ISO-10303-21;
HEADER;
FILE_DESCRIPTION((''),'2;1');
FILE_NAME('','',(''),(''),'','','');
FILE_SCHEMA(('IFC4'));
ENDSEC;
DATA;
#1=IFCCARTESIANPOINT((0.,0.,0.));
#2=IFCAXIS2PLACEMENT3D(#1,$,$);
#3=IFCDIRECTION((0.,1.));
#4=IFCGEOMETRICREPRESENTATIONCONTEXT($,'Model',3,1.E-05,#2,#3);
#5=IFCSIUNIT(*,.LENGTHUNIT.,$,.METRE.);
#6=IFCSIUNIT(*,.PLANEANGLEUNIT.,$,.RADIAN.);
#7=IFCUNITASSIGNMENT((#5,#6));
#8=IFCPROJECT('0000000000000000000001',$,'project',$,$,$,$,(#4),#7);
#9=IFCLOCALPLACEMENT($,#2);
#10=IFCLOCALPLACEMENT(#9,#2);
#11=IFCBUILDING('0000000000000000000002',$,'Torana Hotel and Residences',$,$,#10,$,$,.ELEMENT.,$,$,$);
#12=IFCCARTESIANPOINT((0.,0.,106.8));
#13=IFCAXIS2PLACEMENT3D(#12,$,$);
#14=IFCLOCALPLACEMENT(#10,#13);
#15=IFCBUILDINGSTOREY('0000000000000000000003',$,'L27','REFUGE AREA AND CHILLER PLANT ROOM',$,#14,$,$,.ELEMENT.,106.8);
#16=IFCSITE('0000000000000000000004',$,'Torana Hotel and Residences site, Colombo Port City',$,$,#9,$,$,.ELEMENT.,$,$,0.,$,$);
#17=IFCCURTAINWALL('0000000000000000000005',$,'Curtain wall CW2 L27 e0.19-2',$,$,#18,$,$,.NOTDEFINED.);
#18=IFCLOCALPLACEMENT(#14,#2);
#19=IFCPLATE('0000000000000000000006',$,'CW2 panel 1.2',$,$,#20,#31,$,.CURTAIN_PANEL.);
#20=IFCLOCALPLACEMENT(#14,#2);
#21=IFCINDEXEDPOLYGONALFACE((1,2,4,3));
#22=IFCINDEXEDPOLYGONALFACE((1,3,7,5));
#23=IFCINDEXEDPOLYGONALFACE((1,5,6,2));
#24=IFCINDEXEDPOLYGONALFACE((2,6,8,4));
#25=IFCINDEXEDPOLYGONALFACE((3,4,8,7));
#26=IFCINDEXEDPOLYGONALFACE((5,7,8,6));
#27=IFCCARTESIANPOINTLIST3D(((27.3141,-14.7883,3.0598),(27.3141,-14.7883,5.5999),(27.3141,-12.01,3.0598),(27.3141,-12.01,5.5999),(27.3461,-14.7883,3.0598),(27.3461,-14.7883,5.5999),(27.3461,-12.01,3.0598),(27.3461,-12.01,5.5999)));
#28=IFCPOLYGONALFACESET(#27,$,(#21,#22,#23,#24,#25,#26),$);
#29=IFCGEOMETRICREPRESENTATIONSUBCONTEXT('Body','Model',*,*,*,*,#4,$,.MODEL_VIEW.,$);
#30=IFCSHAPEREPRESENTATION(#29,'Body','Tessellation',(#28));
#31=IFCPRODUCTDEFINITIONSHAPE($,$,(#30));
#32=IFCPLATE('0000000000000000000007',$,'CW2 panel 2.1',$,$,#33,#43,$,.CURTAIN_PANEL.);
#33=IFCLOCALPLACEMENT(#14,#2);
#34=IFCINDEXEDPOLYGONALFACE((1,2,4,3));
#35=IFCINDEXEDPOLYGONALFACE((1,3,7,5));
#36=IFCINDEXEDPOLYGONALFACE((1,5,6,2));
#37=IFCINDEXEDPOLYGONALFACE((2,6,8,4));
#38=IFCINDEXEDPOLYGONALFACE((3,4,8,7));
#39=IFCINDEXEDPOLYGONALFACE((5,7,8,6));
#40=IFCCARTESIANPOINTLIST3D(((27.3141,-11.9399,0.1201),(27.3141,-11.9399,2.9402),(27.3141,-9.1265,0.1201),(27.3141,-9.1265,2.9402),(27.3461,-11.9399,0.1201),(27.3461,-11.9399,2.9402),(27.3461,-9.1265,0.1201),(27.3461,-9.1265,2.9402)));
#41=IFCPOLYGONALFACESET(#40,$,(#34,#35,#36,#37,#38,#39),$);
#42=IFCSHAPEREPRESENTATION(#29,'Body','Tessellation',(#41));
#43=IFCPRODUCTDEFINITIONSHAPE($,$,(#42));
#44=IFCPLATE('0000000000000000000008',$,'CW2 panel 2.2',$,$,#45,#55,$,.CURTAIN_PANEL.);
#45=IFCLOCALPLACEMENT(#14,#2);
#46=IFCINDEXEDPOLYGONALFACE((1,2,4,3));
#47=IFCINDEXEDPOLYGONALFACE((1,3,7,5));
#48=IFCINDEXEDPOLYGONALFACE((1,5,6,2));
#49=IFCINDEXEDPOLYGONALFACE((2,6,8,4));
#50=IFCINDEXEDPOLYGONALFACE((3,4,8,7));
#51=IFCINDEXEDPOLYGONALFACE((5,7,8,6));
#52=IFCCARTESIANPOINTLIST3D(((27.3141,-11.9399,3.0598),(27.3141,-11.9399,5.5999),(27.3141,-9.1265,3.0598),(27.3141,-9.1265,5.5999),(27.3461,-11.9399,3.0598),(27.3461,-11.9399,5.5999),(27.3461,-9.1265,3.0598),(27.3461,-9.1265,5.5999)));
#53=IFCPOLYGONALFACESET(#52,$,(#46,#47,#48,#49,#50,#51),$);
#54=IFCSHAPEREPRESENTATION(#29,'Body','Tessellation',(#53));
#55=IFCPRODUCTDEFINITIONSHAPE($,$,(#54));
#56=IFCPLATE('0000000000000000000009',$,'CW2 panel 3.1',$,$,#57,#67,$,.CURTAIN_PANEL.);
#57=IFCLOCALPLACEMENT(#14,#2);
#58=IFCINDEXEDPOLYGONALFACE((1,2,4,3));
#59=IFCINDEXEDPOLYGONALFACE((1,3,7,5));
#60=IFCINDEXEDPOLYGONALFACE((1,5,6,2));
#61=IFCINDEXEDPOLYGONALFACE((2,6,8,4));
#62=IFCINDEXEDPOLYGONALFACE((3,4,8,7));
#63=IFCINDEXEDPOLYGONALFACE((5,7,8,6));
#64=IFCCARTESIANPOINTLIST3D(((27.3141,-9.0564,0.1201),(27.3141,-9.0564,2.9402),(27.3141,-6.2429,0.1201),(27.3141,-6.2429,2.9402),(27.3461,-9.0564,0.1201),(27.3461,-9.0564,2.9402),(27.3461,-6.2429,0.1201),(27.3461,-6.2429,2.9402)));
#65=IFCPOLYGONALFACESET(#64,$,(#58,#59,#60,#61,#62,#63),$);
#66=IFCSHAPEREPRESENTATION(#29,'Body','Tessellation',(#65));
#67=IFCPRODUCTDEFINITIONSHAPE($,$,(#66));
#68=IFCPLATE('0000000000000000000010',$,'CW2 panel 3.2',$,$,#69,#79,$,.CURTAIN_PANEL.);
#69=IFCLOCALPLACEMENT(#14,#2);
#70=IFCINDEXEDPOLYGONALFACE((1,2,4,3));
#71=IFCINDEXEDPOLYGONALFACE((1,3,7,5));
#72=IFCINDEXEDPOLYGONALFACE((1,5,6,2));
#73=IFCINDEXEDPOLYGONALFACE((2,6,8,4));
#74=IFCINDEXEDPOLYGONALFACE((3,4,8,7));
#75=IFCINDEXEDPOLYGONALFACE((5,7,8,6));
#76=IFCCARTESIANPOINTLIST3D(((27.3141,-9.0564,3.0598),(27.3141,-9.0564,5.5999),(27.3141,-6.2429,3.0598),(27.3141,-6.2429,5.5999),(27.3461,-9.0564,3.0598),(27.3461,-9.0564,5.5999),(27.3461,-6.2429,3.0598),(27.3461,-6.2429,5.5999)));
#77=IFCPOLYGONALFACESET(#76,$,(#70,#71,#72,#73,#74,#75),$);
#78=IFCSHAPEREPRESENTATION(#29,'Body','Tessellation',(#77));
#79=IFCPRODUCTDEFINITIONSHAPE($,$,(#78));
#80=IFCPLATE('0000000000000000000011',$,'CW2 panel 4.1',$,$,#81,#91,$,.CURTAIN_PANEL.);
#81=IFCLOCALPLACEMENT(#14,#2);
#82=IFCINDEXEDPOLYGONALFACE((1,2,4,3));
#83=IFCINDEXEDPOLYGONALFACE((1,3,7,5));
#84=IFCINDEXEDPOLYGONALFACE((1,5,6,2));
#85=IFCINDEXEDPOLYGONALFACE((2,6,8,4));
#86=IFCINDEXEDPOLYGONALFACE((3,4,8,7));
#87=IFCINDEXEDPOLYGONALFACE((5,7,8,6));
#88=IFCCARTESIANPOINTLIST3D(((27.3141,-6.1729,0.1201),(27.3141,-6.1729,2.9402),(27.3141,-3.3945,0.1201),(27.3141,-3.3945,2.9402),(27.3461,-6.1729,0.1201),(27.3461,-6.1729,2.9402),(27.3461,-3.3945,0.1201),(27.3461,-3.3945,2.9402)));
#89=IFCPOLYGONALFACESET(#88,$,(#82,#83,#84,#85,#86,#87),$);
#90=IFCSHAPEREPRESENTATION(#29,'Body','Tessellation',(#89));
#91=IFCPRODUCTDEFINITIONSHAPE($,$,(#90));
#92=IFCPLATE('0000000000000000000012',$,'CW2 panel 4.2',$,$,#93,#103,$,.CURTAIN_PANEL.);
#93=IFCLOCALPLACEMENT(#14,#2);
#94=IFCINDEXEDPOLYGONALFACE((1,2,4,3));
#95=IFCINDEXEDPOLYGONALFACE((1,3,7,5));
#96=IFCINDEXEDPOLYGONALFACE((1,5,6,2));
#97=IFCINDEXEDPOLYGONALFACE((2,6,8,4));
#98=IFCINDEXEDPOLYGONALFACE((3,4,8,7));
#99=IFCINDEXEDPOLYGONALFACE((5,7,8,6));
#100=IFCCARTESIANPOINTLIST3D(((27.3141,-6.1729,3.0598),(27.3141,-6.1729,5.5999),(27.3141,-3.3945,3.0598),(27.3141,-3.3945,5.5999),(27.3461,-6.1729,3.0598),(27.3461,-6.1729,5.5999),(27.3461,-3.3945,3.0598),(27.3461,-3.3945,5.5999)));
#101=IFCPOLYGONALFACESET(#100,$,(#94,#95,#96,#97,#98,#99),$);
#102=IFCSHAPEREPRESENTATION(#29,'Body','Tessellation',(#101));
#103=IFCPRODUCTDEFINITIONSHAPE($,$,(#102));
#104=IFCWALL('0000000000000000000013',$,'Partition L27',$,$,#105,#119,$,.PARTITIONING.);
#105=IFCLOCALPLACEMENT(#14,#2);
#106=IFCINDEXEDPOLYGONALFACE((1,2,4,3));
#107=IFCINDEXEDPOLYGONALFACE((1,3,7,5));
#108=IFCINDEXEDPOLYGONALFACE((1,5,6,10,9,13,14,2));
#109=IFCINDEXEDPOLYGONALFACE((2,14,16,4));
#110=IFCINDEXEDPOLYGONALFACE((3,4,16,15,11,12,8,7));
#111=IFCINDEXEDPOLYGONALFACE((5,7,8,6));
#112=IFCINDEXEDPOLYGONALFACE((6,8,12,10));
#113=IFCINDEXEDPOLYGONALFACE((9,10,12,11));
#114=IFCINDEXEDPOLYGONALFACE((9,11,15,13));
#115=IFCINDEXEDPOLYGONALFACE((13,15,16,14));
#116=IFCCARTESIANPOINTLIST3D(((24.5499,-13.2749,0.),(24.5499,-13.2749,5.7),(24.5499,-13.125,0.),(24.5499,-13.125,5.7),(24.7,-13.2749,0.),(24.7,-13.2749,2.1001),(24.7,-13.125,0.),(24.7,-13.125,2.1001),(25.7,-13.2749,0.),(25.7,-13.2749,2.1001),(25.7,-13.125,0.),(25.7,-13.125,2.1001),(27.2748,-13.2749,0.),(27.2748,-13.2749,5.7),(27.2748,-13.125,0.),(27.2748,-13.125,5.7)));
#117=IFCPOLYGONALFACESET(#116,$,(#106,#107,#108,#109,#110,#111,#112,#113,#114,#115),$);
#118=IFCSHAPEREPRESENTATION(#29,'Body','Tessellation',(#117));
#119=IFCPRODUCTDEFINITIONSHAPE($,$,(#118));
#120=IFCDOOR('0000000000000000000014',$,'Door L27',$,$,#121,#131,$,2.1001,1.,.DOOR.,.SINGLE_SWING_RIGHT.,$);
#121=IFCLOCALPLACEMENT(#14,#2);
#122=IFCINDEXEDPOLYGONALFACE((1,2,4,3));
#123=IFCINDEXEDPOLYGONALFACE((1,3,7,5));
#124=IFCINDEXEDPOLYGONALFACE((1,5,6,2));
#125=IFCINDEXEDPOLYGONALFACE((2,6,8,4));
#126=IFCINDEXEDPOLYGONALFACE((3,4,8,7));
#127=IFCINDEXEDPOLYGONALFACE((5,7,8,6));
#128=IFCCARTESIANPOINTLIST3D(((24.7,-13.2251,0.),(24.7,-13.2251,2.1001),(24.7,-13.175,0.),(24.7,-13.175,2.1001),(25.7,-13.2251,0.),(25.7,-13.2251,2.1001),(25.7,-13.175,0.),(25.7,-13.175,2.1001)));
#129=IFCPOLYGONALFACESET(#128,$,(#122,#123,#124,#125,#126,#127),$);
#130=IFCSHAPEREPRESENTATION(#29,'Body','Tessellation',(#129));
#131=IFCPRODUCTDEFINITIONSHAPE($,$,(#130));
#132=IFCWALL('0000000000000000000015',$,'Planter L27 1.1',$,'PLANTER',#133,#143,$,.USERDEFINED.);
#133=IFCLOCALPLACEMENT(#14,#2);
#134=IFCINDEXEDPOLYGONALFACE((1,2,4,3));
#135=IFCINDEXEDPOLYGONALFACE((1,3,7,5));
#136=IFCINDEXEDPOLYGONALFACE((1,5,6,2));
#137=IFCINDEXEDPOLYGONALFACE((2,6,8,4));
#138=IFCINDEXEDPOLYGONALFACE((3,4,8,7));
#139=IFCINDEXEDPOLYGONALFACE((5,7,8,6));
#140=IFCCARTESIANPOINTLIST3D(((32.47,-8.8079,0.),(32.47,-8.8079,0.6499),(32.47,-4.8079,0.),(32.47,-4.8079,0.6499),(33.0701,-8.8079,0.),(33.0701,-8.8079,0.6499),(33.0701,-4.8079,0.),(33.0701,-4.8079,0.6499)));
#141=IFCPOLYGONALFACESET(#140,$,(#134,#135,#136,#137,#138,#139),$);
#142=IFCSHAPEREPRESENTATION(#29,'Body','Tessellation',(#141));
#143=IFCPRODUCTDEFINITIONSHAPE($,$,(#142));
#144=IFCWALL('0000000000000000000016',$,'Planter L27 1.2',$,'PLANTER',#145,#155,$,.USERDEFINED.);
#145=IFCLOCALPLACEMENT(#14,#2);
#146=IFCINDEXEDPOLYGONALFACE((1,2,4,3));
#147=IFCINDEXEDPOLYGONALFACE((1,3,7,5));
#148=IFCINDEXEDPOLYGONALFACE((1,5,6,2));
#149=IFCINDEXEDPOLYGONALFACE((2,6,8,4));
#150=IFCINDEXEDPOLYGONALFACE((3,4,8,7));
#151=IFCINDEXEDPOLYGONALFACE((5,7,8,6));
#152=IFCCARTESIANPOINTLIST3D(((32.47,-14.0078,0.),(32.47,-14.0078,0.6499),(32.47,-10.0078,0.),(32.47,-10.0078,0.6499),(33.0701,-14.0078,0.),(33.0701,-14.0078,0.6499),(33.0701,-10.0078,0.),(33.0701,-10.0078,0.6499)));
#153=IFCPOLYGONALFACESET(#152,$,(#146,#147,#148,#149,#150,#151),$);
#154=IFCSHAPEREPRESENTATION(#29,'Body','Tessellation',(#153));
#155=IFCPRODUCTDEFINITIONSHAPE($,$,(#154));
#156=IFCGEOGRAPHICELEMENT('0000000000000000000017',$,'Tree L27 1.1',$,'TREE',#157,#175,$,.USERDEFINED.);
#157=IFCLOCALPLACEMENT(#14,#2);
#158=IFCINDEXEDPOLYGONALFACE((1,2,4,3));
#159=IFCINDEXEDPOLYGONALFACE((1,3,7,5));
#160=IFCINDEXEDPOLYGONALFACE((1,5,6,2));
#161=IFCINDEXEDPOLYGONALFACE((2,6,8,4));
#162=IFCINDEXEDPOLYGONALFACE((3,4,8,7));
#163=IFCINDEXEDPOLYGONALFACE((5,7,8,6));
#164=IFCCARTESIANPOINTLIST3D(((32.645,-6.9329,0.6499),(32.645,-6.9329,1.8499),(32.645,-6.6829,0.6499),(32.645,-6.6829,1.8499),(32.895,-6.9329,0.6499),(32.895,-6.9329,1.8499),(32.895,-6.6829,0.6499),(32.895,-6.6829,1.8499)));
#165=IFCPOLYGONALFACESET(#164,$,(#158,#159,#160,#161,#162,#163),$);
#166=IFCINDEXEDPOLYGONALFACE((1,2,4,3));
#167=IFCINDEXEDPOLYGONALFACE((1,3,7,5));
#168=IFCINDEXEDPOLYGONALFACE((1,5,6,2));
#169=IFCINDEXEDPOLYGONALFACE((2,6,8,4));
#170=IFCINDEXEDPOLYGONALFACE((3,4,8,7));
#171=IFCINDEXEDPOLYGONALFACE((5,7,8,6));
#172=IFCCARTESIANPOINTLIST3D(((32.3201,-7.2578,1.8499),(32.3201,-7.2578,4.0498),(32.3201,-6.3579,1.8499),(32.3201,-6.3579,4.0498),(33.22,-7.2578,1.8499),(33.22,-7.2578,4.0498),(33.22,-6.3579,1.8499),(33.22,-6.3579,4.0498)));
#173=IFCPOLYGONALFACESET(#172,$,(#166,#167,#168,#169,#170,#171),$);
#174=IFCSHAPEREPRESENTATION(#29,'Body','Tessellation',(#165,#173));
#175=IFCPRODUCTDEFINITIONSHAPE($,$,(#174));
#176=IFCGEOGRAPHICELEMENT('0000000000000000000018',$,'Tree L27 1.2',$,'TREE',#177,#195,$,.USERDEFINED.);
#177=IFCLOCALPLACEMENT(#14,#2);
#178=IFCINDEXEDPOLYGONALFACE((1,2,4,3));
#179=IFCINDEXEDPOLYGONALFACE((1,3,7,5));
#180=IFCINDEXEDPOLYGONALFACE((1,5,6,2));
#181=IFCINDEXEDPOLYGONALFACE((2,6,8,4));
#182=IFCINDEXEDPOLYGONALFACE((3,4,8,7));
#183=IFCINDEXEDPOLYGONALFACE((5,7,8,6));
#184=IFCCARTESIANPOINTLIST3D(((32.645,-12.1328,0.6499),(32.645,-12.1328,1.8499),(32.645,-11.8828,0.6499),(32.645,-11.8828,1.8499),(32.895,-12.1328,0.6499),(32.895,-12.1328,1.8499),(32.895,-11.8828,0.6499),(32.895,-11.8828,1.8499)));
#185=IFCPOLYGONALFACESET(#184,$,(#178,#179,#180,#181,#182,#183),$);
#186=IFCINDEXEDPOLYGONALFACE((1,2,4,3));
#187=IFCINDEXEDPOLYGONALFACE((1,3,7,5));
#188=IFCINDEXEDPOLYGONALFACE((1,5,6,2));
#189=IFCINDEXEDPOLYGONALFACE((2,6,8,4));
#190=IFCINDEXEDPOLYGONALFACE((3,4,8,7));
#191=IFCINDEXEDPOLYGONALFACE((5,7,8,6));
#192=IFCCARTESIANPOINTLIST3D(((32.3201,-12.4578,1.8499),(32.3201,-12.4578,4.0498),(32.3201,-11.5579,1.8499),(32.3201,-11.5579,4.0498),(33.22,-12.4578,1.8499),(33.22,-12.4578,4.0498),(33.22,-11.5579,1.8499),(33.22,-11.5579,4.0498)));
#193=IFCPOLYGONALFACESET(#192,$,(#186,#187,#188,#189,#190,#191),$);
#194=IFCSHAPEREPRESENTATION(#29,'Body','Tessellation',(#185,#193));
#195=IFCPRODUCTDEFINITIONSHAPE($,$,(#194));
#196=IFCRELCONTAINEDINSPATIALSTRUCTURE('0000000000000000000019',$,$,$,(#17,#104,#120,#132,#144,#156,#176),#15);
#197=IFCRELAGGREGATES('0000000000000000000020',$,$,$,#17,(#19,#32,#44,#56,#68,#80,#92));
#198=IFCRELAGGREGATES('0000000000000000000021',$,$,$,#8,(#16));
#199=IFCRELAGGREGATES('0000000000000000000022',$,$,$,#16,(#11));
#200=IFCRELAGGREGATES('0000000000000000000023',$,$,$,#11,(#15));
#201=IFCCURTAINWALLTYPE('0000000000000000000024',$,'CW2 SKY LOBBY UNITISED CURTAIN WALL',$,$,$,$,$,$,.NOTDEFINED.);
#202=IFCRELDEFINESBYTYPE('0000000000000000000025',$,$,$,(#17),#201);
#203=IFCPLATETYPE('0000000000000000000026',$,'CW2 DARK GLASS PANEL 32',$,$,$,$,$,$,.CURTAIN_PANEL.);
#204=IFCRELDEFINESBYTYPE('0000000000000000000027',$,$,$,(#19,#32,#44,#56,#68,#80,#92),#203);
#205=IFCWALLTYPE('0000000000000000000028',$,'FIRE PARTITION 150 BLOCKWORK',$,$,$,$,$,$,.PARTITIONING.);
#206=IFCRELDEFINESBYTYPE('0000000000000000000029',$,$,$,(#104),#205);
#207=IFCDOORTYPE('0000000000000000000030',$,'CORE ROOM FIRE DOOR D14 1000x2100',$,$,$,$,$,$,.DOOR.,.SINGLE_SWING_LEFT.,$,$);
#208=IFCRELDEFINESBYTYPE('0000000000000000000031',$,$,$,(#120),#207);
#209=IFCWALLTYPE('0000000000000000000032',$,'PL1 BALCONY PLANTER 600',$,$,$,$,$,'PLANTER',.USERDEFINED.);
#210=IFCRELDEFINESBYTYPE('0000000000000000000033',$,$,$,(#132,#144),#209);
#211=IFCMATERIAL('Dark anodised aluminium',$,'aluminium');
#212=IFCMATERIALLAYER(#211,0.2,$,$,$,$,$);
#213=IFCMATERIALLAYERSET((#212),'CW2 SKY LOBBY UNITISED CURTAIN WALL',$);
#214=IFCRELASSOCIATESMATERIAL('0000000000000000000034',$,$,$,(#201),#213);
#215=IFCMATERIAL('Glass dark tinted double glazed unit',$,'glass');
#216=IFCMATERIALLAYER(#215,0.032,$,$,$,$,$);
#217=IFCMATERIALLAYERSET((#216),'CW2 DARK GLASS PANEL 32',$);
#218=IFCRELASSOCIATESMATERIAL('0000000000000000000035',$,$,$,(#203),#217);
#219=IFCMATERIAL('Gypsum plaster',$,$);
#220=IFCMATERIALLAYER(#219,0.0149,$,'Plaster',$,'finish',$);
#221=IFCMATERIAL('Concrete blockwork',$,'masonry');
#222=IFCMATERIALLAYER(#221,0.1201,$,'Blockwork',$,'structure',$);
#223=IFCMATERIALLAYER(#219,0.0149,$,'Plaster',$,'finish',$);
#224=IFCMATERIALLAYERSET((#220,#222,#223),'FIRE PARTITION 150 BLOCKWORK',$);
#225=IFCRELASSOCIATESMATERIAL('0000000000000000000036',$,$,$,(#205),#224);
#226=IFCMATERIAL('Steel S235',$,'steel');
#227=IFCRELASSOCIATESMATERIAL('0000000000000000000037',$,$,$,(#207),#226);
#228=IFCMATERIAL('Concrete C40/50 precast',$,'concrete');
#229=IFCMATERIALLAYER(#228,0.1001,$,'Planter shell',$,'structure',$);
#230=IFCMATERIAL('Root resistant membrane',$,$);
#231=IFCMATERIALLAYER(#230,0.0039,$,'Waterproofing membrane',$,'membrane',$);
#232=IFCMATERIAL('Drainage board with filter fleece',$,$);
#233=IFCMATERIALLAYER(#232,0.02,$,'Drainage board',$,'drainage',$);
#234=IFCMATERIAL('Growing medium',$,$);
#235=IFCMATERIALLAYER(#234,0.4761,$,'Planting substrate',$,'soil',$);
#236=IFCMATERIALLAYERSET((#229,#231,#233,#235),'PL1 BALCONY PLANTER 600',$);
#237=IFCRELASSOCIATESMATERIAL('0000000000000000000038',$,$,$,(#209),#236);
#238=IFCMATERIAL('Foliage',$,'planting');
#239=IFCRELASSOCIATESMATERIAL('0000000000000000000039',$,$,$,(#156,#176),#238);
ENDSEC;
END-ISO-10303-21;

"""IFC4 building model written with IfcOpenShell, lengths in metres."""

from ifc_helpers import new_model, si_unit, direction, frame, frame_2d, origin, origin_2d, place, context, subcontext, project, spatial, rectangle, extrude, material, layer, layer_set, type_object, element, fill, aggregate, save


model = new_model("IFC4")

# Units and contexts
model_context = context("Model", 3, precision=1e-05, world=origin(), true_north=direction((0.0, 1.0)))
body_context = subcontext(model_context, "Body", "Model", "MODEL_VIEW")
ifc_project = project(units=[si_unit("LENGTHUNIT", "METRE"), si_unit("PLANEANGLEUNIT", "RADIAN")], contexts=[model_context])

# Site, building, storey
site_placement = place(None, origin())
site = spatial("IfcSite", under=ifc_project, at=site_placement, Name="Torana Hotel and Residences site, Colombo Port City", CompositionType="ELEMENT", RefElevation=0.0)
building_placement = place(site_placement, origin())
building = spatial("IfcBuilding", under=site, at=building_placement, Name="Torana Hotel and Residences", CompositionType="ELEMENT")
storey_placement = place(building_placement, frame((0.0, 0.0, 106.8)))
storey = spatial("IfcBuildingStorey", under=building, at=storey_placement, Name="L27", Description="REFUGE AREA AND CHILLER PLANT ROOM", CompositionType="ELEMENT", Elevation=106.8)

# Curtain wall, plates
ifc_material_1 = material(Name="Dark anodised aluminium", Category="aluminium")
ifc_layer_1 = layer(ifc_material_1, 0.2)
ifc_layer_set_1 = layer_set([ifc_layer_1], Name="CW2 SKY LOBBY UNITISED CURTAIN WALL")
curtain_wall_type = type_object("IfcCurtainWallType", Name="CW2 SKY LOBBY UNITISED CURTAIN WALL", PredefinedType="NOTDEFINED", material=ifc_layer_set_1)
curtain_wall_placement = place(storey_placement, origin())
curtain_wall = element("IfcCurtainWall", 1, at=curtain_wall_placement, inside=storey, type_object=curtain_wall_type, Name="Curtain wall CW2 L27 e0.19-2", PredefinedType="NOTDEFINED")
ifc_material_2 = material(Name="Glass dark tinted double glazed unit", Category="glass")
ifc_layer_2 = layer(ifc_material_2, 0.032)
ifc_layer_set_2 = layer_set([ifc_layer_2], Name="CW2 DARK GLASS PANEL 32")
plate_type = type_object("IfcPlateType", Name="CW2 DARK GLASS PANEL 32", PredefinedType="CURTAIN_PANEL", material=ifc_layer_set_2)
plate_1_placement = place(storey_placement, frame((27.3301, -13.3992, 3.0598), z_axis=(0.0, 0.0, 1.0), x_axis=(0.0, 1.0, 0.0)))
plate_1 = element("IfcPlate", 2, at=plate_1_placement, type_object=plate_type, Name="CW2 panel 1.2", PredefinedType="CURTAIN_PANEL", context=body_context, shape_type="SweptSolid", body=[
    extrude(rectangle(XDim=2.7783, YDim=0.032, at=origin_2d()), origin(), (0.0, 0.0, 1.0), 2.54),
])
plate_2_placement = place(storey_placement, frame((27.3301, -10.5332, 0.1201), z_axis=(0.0, 0.0, 1.0), x_axis=(0.0, 1.0, 0.0)))
plate_2 = element("IfcPlate", 3, at=plate_2_placement, type_object=plate_type, Name="CW2 panel 2.1", PredefinedType="CURTAIN_PANEL", context=body_context, shape_type="SweptSolid", body=[
    extrude(rectangle(XDim=2.8135, YDim=0.032, at=origin_2d()), origin(), (0.0, 0.0, 1.0), 2.8201),
])
plate_3_placement = place(storey_placement, frame((27.3301, -10.5332, 3.0598), z_axis=(0.0, 0.0, 1.0), x_axis=(0.0, 1.0, 0.0)))
plate_3 = element("IfcPlate", 4, at=plate_3_placement, type_object=plate_type, Name="CW2 panel 2.2", PredefinedType="CURTAIN_PANEL", context=body_context, shape_type="SweptSolid", body=[
    extrude(rectangle(XDim=2.8135, YDim=0.032, at=origin_2d()), origin(), (0.0, 0.0, 1.0), 2.54),
])
plate_4_placement = place(storey_placement, frame((27.3301, -7.6497, 0.1201), z_axis=(0.0, 0.0, 1.0), x_axis=(0.0, 1.0, 0.0)))
plate_4 = element("IfcPlate", 5, at=plate_4_placement, type_object=plate_type, Name="CW2 panel 3.1", PredefinedType="CURTAIN_PANEL", context=body_context, shape_type="SweptSolid", body=[
    extrude(rectangle(XDim=2.8135, YDim=0.032, at=origin_2d()), origin(), (0.0, 0.0, 1.0), 2.8201),
])
plate_5_placement = place(storey_placement, frame((27.3301, -7.6497, 3.0598), z_axis=(0.0, 0.0, 1.0), x_axis=(0.0, 1.0, 0.0)))
plate_5 = element("IfcPlate", 6, at=plate_5_placement, type_object=plate_type, Name="CW2 panel 3.2", PredefinedType="CURTAIN_PANEL", context=body_context, shape_type="SweptSolid", body=[
    extrude(rectangle(XDim=2.8135, YDim=0.032, at=origin_2d()), origin(), (0.0, 0.0, 1.0), 2.54),
])
plate_6_placement = place(storey_placement, frame((27.3301, -4.7837, 0.1201), z_axis=(0.0, 0.0, 1.0), x_axis=(0.0, 1.0, 0.0)))
plate_6 = element("IfcPlate", 7, at=plate_6_placement, type_object=plate_type, Name="CW2 panel 4.1", PredefinedType="CURTAIN_PANEL", context=body_context, shape_type="SweptSolid", body=[
    extrude(rectangle(XDim=2.7783, YDim=0.032, at=origin_2d()), origin(), (0.0, 0.0, 1.0), 2.8201),
])
plate_7_placement = place(storey_placement, frame((27.3301, -4.7837, 3.0598), z_axis=(0.0, 0.0, 1.0), x_axis=(0.0, 1.0, 0.0)))
plate_7 = element("IfcPlate", 8, at=plate_7_placement, type_object=plate_type, Name="CW2 panel 4.2", PredefinedType="CURTAIN_PANEL", context=body_context, shape_type="SweptSolid", body=[
    extrude(rectangle(XDim=2.7783, YDim=0.032, at=origin_2d()), origin(), (0.0, 0.0, 1.0), 2.54),
])
aggregate(curtain_wall, [plate_1, plate_2, plate_3, plate_4, plate_5, plate_6, plate_7])

# Wall, opening, door
ifc_material_3 = material(Name="Gypsum plaster")
ifc_layer_3 = layer(ifc_material_3, 0.0149, Name="Plaster", Category="finish")
ifc_material_4 = material(Name="Concrete blockwork", Category="masonry")
ifc_layer_4 = layer(ifc_material_4, 0.1201, Name="Blockwork", Category="structure")
ifc_layer_5 = layer(ifc_material_3, 0.0149, Name="Plaster", Category="finish")
ifc_layer_set_3 = layer_set([ifc_layer_3, ifc_layer_4, ifc_layer_5], Name="FIRE PARTITION 150 BLOCKWORK")
wall_type_1 = type_object("IfcWallType", Name="FIRE PARTITION 150 BLOCKWORK", PredefinedType="PARTITIONING", material=ifc_layer_set_3)
wall_placement = place(storey_placement, frame((24.55, -13.2, 0.0), z_axis=(0.0, 0.0, 1.0), x_axis=(1.0, 0.0, 0.0)))
wall = element("IfcWall", 9, at=wall_placement, inside=storey, type_object=wall_type_1, Name="Partition L27", PredefinedType="PARTITIONING", context=body_context, shape_type="SweptSolid", body=[
    extrude(rectangle(XDim=2.7249, YDim=0.1499, at=frame_2d((1.3623, 0.0))), origin(), (0.0, 0.0, 1.0), 5.7),
])
opening_placement = place(wall_placement, frame((0.1499, 0.0, 0.0)))
opening = element("IfcOpeningElement", 10, at=opening_placement, cuts=wall, PredefinedType="OPENING", context=body_context, shape_type="SweptSolid", body=[
    extrude(rectangle(XDim=1.0, YDim=2.1001, at=frame_2d((0.5, 1.05))), frame((0.0, 0.085, 0.0), z_axis=(0.0, -1.0, 0.0), x_axis=(1.0, 0.0, 0.0)), (0.0, 0.0, 1.0), 0.1699),
])
ifc_material_5 = material(Name="Steel S235", Category="steel")
door_type = type_object("IfcDoorType", Name="CORE ROOM FIRE DOOR D14 1000x2100", OperationType="SINGLE_SWING_LEFT", PredefinedType="DOOR", material=ifc_material_5)
door_placement = place(opening_placement, origin())
door = element("IfcDoor", 11, at=door_placement, inside=storey, type_object=door_type, Name="Door L27", OperationType="SINGLE_SWING_RIGHT", OverallHeight=2.1001, OverallWidth=1.0, PredefinedType="DOOR", context=body_context, shape_type="SweptSolid", body=[
    extrude(rectangle(XDim=1.0, YDim=2.1001, at=frame_2d((0.5, 1.05))), frame((0.0, 0.0249, 0.0), z_axis=(0.0, -1.0, 0.0), x_axis=(1.0, 0.0, 0.0)), (0.0, 0.0, 1.0), 0.05),
])
fill(opening, door)

# Walls
ifc_material_6 = material(Name="Concrete C40/50 precast", Category="concrete")
ifc_layer_6 = layer(ifc_material_6, 0.1001, Name="Planter shell", Category="structure")
ifc_material_7 = material(Name="Root resistant membrane")
ifc_layer_7 = layer(ifc_material_7, 0.0039, Name="Waterproofing membrane", Category="membrane")
ifc_material_8 = material(Name="Drainage board with filter fleece")
ifc_layer_8 = layer(ifc_material_8, 0.02, Name="Drainage board", Category="drainage")
ifc_material_9 = material(Name="Growing medium")
ifc_layer_9 = layer(ifc_material_9, 0.4761, Name="Planting substrate", Category="soil")
ifc_layer_set_4 = layer_set([ifc_layer_6, ifc_layer_7, ifc_layer_8, ifc_layer_9], Name="PL1 BALCONY PLANTER 600")
wall_type_2 = type_object("IfcWallType", Name="PL1 BALCONY PLANTER 600", ElementType="PLANTER", PredefinedType="USERDEFINED", material=ifc_layer_set_4)
for number, where, z_axis, x_axis, name in (
    (12, (32.77, -4.8079, 0.0), (0.0, 0.0, 1.0), (0.0, -1.0, 0.0), "Planter L27 1.1"),
    (13, (32.77, -10.0078, 0.0), (0.0, 0.0, 1.0), (0.0, -1.0, 0.0), "Planter L27 1.2"),
):
    element("IfcWall", number, at=place(storey_placement, frame(where, z_axis=z_axis, x_axis=x_axis)), inside=storey, type_object=wall_type_2, Name=name, ObjectType="PLANTER", PredefinedType="USERDEFINED", context=body_context, shape_type="SweptSolid", body=[
        extrude(rectangle(XDim=4.0, YDim=0.6001, at=frame_2d((2.0, 0.0))), origin(), (0.0, 0.0, 1.0), 0.6499),
    ])

# Geographic elements
ifc_material_10 = material(Name="Foliage", Category="planting")
for number, where, z_axis, x_axis, name in (
    (14, (32.77, -6.8079, 0.6499), (0.0, 0.0, 1.0), (1.0, 0.0, 0.0), "Tree L27 1.1"),
    (15, (32.77, -12.0078, 0.6499), (0.0, 0.0, 1.0), (1.0, 0.0, 0.0), "Tree L27 1.2"),
):
    element("IfcGeographicElement", number, at=place(storey_placement, frame(where, z_axis=z_axis, x_axis=x_axis)), inside=storey, material=ifc_material_10, Name=name, ObjectType="TREE", PredefinedType="USERDEFINED", context=body_context, shape_type="SweptSolid", body=[
        extrude(rectangle(XDim=0.25, YDim=0.25, at=origin_2d()), origin(), (0.0, 0.0, 1.0), 1.2),
        extrude(rectangle(XDim=0.8999, YDim=0.8999, at=origin_2d()), frame((0.0, 0.0, 1.2)), (0.0, 0.0, 1.0), 2.2),
    ])

save(model, "model.ifc")
